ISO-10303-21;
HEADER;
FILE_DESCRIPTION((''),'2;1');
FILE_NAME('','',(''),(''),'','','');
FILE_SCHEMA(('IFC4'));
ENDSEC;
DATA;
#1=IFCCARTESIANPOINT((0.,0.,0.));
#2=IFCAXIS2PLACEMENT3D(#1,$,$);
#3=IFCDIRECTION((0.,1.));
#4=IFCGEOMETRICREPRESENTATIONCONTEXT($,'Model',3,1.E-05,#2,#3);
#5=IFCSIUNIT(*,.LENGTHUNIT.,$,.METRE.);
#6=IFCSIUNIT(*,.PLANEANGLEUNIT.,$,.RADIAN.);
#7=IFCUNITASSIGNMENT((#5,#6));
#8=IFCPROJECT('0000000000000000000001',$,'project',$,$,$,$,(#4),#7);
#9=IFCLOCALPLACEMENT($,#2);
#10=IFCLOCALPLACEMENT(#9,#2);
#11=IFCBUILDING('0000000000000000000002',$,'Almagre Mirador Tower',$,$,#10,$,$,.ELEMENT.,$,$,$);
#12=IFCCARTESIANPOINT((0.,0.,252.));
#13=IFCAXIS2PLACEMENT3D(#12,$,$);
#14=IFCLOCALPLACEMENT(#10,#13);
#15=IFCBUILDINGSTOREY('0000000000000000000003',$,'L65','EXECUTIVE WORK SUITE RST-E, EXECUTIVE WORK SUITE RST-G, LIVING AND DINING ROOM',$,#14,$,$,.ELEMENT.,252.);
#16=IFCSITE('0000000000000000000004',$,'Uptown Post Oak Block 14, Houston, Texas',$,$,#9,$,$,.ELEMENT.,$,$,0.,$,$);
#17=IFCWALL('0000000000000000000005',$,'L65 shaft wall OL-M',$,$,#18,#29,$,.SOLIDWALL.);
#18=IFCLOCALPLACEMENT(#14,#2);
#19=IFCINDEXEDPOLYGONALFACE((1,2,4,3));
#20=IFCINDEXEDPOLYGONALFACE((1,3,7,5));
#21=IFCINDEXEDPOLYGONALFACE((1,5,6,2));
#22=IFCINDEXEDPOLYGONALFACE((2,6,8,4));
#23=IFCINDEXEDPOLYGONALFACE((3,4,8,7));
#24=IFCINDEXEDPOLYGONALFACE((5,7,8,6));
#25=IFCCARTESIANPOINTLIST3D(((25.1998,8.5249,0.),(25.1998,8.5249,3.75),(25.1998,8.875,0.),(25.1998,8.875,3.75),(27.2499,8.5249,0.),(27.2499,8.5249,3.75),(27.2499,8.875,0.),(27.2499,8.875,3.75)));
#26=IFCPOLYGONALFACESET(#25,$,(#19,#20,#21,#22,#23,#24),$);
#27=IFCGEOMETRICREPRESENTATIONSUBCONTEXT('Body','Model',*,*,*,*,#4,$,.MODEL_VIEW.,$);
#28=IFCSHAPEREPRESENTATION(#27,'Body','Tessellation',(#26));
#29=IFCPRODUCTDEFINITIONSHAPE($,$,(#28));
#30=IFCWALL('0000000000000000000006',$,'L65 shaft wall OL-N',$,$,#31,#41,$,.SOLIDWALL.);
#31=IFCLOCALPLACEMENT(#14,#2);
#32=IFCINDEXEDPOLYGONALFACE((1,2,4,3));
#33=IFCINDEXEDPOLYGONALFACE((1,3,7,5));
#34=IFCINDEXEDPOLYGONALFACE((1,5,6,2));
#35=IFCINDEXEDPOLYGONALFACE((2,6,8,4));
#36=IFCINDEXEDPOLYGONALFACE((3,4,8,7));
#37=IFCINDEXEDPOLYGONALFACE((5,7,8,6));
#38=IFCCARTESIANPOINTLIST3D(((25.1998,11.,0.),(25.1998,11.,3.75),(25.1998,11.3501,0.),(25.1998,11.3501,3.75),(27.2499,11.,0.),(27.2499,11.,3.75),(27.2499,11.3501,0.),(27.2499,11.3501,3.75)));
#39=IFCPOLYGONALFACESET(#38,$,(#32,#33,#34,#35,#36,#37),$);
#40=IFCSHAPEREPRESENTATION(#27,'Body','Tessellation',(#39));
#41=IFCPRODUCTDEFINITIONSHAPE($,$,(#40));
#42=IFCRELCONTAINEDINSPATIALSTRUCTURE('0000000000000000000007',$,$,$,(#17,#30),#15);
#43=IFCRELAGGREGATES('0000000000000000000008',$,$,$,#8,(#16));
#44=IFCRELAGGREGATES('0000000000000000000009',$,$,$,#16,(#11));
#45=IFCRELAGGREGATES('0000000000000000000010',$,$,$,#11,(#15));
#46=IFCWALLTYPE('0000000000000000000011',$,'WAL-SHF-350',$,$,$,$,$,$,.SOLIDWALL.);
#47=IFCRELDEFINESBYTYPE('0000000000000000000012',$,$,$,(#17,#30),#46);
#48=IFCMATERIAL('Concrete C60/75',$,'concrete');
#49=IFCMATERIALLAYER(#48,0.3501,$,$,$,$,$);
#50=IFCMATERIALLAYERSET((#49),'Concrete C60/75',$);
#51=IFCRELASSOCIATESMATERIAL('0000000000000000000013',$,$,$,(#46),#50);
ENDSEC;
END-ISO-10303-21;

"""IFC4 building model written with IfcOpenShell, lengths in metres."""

from ifc_helpers import new_model, si_unit, direction, frame, frame_2d, origin, place, context, subcontext, project, spatial, rectangle, extrude, material, layer, layer_set, type_object, element, save


model = new_model("IFC4")

# Units and contexts
model_context = context("Model", 3, precision=1e-05, world=origin(), true_north=direction((0.0, 1.0)))
body_context = subcontext(model_context, "Body", "Model", "MODEL_VIEW")
ifc_project = project(units=[si_unit("LENGTHUNIT", "METRE"), si_unit("PLANEANGLEUNIT", "RADIAN")], contexts=[model_context])

# Site, building, storey
site_placement = place(None, origin())
site = spatial("IfcSite", under=ifc_project, at=site_placement, Name="Uptown Post Oak Block 14, Houston, Texas", CompositionType="ELEMENT", RefElevation=0.0)
building_placement = place(site_placement, origin())
building = spatial("IfcBuilding", under=site, at=building_placement, Name="Almagre Mirador Tower", CompositionType="ELEMENT")
storey_placement = place(building_placement, frame((0.0, 0.0, 252.0)))
storey = spatial("IfcBuildingStorey", under=building, at=storey_placement, Name="L65", Description="EXECUTIVE WORK SUITE RST-E, EXECUTIVE WORK SUITE RST-G, LIVING AND DINING ROOM", CompositionType="ELEMENT", Elevation=252.0)

# Walls
ifc_material_1 = material(Name="Concrete C60/75", Category="concrete")
ifc_layer_1 = layer(ifc_material_1, 0.3501)
ifc_layer_set_1 = layer_set([ifc_layer_1], Name="Concrete C60/75")
wall_type_1 = type_object("IfcWallType", Name="WAL-SHF-350", PredefinedType="SOLIDWALL", material=ifc_layer_set_1)
for number, where, z_axis, x_axis, name in (
    (1, (25.2, 8.7, 0.0), (0.0, 0.0, 1.0), (1.0, 0.0, 0.0), "L65 shaft wall OL-M"),
    (2, (25.2, 11.175, 0.0), (0.0, 0.0, 1.0), (1.0, 0.0, 0.0), "L65 shaft wall OL-N"),
):
    element("IfcWall", number, at=place(storey_placement, frame(where, z_axis=z_axis, x_axis=x_axis)), inside=storey, type_object=wall_type_1, Name=name, PredefinedType="SOLIDWALL", context=body_context, shape_type="SweptSolid", body=[
        extrude(rectangle(XDim=2.05, YDim=0.3501, at=frame_2d((1.0249, 0.0))), origin(), (0.0, 0.0, 1.0), 3.75),
    ])

save(model, "model.ifc")
